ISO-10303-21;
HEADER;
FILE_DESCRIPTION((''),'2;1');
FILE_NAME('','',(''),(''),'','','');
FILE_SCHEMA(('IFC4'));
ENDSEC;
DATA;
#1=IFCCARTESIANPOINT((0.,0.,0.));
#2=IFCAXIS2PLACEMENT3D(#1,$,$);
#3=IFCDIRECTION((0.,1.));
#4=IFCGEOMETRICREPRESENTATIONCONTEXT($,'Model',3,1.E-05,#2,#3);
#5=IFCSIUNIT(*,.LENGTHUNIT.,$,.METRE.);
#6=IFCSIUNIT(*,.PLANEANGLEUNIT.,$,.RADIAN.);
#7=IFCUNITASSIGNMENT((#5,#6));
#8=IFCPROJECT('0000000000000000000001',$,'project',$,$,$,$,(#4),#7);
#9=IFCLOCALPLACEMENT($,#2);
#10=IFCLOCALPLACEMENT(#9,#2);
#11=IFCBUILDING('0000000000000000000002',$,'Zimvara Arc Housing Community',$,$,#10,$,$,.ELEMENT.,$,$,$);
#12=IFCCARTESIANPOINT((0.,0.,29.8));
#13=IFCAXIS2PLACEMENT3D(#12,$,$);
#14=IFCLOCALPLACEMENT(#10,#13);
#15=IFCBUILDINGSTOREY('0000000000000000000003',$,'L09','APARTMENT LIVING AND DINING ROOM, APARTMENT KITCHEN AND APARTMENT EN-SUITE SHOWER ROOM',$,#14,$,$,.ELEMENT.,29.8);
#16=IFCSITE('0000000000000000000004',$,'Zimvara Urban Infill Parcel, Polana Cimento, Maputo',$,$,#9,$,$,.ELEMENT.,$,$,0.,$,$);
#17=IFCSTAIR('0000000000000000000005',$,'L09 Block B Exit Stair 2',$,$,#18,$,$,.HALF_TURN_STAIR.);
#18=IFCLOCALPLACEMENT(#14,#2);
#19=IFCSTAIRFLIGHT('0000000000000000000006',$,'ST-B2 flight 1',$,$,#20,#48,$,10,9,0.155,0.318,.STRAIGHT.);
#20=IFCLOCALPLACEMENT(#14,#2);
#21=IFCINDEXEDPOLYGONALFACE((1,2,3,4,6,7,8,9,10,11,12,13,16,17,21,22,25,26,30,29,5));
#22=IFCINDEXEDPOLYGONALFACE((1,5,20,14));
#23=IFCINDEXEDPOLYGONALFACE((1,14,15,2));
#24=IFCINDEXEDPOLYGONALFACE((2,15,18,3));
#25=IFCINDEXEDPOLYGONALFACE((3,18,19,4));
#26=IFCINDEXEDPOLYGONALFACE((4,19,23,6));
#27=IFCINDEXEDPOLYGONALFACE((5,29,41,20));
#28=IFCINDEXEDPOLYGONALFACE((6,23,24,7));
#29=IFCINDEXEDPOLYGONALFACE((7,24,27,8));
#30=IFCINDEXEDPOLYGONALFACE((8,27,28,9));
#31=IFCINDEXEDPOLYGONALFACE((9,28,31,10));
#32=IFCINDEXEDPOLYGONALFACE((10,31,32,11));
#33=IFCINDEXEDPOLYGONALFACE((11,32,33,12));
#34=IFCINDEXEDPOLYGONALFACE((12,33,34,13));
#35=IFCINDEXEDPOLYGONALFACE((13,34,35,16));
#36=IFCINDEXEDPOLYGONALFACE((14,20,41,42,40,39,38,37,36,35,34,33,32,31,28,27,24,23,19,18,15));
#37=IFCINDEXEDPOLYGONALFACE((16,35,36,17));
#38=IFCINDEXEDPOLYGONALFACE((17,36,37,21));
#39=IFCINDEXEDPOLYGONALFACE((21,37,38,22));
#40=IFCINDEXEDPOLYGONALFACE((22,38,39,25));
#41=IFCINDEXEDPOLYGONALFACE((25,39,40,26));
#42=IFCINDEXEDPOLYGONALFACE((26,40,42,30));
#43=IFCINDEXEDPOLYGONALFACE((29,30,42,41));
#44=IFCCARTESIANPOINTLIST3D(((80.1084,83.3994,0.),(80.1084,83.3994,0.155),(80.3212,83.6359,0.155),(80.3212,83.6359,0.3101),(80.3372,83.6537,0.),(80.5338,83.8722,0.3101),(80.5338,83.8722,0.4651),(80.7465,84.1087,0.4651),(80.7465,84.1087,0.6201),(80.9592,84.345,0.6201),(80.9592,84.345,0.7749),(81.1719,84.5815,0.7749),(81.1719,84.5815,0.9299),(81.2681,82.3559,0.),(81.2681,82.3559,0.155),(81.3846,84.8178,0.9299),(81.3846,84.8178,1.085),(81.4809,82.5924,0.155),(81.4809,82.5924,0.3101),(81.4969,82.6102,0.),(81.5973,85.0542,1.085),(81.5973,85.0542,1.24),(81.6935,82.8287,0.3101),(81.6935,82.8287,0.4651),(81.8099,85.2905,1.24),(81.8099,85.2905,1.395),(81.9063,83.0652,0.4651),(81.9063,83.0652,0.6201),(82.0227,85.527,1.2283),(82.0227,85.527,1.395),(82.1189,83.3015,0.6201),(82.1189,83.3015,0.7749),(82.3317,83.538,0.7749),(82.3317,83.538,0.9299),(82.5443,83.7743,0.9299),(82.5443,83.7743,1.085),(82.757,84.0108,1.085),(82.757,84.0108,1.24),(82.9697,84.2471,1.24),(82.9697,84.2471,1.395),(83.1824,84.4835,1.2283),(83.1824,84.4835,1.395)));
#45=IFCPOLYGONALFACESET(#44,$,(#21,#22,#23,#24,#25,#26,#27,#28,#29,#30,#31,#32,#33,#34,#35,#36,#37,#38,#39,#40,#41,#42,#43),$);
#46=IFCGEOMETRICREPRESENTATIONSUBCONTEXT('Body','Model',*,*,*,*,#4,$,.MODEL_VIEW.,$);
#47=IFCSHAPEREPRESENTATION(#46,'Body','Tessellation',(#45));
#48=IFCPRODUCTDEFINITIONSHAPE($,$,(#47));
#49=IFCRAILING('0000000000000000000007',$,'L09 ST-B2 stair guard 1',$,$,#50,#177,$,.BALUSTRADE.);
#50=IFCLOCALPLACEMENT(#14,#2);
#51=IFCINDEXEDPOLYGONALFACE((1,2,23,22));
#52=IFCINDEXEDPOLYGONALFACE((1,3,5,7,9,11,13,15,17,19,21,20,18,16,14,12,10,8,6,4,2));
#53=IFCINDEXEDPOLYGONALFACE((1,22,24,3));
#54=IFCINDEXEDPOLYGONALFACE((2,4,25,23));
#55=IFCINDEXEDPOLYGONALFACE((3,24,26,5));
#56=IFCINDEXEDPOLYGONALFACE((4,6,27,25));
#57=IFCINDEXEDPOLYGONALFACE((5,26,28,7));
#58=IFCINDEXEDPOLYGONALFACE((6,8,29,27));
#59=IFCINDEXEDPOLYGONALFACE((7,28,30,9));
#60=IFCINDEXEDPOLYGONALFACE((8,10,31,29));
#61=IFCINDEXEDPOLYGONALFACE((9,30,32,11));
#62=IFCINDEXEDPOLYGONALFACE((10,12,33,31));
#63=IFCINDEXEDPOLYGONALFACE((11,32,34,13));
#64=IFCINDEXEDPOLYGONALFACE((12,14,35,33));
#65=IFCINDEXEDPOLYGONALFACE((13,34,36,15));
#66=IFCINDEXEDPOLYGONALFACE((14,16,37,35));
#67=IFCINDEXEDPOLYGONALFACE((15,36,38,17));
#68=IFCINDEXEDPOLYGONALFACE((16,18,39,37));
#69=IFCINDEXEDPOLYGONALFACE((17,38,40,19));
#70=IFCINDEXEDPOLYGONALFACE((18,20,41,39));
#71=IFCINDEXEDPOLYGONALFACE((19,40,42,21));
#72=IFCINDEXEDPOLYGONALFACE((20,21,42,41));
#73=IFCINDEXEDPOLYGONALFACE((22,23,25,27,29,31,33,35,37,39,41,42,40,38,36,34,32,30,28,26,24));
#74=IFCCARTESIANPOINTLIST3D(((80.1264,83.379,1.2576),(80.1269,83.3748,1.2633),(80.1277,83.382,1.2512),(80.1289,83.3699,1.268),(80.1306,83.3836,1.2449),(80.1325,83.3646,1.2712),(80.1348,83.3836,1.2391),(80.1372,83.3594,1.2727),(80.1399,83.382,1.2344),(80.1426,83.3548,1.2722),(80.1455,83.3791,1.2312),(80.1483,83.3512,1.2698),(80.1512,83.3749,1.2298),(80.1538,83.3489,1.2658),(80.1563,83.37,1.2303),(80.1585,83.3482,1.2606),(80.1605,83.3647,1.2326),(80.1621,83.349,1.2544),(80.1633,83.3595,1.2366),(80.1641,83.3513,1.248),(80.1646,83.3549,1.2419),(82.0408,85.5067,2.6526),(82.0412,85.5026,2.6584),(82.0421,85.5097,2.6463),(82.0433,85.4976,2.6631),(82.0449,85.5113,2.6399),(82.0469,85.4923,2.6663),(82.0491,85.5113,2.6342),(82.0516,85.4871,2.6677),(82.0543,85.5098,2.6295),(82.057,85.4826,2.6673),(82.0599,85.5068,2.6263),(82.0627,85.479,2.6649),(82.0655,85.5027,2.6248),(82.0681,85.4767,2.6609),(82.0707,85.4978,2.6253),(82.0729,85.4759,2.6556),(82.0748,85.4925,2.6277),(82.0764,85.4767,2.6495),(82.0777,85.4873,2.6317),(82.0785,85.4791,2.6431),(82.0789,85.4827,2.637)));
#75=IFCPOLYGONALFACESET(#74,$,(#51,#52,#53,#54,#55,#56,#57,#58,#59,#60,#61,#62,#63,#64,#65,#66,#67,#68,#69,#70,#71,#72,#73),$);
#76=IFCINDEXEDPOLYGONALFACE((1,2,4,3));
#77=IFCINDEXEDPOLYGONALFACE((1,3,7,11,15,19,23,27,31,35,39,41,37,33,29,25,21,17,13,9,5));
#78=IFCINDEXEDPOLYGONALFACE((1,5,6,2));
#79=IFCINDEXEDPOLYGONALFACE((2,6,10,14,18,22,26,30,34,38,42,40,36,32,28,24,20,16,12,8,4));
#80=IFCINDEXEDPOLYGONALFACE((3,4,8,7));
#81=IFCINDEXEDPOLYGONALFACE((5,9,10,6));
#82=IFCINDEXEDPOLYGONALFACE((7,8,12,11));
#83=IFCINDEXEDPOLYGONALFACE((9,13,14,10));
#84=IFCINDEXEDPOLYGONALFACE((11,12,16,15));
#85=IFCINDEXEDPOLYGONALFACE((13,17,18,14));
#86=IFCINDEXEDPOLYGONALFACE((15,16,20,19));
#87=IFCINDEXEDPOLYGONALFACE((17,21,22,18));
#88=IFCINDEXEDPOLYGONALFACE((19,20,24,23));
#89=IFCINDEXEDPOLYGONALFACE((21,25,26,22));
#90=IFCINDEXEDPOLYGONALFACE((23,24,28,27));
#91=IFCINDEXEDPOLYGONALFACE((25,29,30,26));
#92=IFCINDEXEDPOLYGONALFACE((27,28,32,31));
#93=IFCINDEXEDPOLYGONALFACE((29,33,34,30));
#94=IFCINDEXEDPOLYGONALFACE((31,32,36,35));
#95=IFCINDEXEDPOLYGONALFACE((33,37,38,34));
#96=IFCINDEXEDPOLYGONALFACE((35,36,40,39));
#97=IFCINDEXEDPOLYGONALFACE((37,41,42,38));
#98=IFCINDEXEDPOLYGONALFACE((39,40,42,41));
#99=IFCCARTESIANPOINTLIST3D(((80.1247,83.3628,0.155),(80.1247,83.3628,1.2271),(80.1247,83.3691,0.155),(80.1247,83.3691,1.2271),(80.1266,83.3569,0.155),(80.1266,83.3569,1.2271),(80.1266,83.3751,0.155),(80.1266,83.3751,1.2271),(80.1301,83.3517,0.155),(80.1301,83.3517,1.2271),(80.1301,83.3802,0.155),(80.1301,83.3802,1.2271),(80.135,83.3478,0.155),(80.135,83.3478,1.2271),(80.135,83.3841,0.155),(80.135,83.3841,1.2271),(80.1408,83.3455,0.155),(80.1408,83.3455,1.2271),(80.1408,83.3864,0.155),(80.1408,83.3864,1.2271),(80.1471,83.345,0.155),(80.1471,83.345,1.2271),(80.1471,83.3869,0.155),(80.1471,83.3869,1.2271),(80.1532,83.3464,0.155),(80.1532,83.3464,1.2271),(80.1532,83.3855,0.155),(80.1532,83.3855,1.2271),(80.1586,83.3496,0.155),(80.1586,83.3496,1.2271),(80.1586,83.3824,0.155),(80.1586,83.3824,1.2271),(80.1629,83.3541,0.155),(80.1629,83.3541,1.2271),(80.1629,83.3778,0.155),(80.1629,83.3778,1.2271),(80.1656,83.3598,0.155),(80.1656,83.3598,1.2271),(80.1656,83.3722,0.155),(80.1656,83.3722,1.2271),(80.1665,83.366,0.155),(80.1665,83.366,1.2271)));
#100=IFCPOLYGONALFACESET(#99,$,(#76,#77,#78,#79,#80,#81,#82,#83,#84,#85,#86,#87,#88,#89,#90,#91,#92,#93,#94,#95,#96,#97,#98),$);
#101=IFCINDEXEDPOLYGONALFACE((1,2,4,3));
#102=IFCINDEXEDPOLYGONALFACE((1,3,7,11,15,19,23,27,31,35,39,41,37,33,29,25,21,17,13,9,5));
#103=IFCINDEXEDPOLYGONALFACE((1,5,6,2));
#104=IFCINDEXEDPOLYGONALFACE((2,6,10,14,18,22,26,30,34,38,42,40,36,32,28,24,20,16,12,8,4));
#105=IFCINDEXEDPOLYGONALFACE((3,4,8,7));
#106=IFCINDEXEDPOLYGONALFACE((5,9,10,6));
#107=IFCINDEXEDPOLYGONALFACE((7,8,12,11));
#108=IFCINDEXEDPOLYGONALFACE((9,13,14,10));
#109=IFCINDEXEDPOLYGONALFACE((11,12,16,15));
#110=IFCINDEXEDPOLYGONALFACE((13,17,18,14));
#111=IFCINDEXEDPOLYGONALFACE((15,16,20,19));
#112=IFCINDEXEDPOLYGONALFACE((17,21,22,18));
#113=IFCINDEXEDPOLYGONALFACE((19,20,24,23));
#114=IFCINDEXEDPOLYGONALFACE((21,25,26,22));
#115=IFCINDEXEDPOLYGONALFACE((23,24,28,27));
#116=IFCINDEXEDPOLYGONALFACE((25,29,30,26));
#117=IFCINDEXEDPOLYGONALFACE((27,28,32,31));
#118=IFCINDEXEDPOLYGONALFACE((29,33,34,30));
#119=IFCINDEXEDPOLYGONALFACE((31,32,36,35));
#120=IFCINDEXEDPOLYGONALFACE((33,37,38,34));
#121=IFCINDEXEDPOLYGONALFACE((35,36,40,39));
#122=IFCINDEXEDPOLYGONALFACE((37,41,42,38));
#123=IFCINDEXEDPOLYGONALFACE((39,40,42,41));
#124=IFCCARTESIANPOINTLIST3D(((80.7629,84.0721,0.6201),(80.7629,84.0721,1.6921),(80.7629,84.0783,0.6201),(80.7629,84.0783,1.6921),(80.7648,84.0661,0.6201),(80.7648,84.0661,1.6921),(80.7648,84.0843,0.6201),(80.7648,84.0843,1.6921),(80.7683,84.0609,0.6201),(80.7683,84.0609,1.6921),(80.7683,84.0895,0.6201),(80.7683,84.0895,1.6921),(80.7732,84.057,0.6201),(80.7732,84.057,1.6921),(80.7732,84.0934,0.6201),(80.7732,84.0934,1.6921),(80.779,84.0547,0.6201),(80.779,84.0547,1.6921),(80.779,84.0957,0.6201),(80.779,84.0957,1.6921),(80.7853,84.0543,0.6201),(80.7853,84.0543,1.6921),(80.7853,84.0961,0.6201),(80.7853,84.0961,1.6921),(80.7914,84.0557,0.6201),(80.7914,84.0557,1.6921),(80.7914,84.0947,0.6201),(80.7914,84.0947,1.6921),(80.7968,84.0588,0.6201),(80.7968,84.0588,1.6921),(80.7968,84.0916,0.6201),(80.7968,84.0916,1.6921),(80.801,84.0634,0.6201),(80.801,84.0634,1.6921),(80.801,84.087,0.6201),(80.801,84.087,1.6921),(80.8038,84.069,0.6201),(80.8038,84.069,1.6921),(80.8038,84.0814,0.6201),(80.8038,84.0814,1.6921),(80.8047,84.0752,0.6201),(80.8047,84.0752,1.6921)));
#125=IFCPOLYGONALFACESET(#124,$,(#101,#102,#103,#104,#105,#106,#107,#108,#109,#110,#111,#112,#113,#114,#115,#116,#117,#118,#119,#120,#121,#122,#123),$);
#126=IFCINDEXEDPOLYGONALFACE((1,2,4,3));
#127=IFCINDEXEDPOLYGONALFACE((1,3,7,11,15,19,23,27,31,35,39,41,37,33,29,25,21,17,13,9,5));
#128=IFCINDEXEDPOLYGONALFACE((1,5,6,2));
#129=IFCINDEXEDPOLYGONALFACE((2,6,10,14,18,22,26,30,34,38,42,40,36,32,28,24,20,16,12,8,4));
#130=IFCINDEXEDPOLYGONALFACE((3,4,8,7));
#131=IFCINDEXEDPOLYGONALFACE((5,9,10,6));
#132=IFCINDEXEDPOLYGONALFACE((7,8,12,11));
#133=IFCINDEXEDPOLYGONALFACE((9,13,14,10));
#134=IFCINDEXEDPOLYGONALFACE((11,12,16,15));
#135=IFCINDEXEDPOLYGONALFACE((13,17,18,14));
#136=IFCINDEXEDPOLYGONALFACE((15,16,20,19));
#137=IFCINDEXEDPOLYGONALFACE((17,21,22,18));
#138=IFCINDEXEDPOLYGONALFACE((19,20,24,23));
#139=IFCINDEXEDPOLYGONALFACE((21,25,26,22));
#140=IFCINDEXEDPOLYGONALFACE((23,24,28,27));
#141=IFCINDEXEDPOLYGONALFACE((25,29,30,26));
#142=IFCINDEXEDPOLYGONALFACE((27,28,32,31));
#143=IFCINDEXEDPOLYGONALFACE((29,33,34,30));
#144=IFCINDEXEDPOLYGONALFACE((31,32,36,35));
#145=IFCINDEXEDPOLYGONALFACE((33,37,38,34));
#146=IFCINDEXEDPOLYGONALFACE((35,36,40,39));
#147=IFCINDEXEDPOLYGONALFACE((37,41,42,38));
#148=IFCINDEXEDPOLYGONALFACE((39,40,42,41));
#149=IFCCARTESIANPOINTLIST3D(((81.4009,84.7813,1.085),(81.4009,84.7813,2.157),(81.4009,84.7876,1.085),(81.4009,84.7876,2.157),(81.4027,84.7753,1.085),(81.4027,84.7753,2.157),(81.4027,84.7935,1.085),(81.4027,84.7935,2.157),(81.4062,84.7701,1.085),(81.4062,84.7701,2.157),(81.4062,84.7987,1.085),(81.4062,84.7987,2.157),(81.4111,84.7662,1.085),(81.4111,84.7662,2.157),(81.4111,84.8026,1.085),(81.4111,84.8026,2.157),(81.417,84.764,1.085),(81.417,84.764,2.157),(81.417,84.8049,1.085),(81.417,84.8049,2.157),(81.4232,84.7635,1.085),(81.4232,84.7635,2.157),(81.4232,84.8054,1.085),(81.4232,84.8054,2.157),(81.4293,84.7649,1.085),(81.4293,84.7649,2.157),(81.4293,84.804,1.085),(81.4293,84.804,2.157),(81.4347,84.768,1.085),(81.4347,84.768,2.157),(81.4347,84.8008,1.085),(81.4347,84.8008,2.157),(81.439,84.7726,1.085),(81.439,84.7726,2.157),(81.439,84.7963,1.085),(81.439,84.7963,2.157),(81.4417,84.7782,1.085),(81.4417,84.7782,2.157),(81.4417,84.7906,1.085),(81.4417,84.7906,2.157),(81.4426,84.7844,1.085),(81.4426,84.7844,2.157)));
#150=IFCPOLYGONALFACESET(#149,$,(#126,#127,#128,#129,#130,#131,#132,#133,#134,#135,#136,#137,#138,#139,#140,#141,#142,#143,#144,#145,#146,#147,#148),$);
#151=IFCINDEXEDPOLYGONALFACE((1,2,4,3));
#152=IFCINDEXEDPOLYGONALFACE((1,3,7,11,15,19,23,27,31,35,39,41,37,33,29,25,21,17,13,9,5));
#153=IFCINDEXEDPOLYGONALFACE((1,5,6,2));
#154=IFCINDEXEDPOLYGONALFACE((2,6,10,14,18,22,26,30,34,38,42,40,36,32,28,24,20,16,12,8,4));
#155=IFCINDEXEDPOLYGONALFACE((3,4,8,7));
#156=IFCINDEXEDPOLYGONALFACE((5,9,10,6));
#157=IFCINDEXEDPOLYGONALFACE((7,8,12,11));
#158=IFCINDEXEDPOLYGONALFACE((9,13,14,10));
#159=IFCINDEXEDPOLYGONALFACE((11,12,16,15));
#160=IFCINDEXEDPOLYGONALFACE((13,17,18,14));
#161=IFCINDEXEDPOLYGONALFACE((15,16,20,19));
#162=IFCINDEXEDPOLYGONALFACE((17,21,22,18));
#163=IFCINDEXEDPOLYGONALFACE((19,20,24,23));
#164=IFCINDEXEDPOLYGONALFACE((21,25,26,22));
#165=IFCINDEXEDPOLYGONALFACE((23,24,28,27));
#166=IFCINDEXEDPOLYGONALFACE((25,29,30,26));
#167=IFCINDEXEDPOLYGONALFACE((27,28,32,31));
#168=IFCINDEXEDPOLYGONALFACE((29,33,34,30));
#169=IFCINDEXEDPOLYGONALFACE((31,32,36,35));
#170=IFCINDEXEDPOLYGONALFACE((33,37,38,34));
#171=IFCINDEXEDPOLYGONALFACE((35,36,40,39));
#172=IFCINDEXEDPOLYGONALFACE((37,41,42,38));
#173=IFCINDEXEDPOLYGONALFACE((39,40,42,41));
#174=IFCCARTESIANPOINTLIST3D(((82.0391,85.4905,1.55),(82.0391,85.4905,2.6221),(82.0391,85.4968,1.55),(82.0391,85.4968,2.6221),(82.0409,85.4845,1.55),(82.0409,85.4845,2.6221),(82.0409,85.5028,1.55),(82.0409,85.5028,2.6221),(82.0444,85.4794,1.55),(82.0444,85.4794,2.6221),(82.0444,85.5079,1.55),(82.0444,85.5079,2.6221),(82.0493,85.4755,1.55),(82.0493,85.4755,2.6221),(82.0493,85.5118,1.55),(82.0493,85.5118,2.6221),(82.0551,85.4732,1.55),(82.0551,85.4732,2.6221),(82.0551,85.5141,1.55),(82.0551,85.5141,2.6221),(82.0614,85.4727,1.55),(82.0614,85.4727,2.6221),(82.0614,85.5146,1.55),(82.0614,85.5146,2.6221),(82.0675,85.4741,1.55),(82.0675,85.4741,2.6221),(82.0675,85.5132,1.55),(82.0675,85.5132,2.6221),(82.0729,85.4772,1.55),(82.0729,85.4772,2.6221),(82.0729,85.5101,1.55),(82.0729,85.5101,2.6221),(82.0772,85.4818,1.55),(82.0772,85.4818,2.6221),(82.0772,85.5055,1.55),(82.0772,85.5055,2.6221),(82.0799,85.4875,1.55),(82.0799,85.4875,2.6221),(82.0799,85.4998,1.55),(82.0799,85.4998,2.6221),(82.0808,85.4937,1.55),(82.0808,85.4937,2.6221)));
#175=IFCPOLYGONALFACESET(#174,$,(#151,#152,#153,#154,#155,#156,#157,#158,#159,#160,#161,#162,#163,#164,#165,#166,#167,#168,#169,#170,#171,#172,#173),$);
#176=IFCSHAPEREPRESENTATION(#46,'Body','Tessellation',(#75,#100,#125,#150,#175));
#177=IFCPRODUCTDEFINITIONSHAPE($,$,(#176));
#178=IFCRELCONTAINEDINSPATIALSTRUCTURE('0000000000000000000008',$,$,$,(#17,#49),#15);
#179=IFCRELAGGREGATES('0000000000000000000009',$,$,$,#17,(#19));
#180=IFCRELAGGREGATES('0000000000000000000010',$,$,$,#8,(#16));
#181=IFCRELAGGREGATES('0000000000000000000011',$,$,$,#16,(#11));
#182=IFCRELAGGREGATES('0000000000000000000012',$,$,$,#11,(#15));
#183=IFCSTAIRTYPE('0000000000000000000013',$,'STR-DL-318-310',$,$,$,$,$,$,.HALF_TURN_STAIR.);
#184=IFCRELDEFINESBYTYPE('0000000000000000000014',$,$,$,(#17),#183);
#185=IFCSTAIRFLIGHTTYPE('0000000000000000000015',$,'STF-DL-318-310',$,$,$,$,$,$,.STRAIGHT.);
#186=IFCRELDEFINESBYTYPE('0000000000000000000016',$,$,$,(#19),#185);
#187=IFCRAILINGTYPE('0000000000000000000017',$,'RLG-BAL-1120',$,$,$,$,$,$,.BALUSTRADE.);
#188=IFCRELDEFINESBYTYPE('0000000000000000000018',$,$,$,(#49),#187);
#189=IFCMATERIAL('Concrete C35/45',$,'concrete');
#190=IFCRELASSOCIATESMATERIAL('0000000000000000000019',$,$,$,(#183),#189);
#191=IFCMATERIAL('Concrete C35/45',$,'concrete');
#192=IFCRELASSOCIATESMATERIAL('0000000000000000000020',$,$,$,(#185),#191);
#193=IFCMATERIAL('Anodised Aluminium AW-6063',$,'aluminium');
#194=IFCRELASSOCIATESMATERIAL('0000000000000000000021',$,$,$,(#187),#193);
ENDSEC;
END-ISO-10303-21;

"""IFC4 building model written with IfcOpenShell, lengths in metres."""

from ifc_helpers import new_model, si_unit, direction, frame, origin, origin_2d, place, context, subcontext, project, spatial, polyline, circle, outline, extrude, material, type_object, element, aggregate, save


model = new_model("IFC4")

# Units and contexts
model_context = context("Model", 3, precision=1e-05, world=origin(), true_north=direction((0.0, 1.0)))
body_context = subcontext(model_context, "Body", "Model", "MODEL_VIEW")
ifc_project = project(units=[si_unit("LENGTHUNIT", "METRE"), si_unit("PLANEANGLEUNIT", "RADIAN")], contexts=[model_context])

# Site, building, storey
site_placement = place(None, origin())
site = spatial("IfcSite", under=ifc_project, at=site_placement, Name="Zimvara Urban Infill Parcel, Polana Cimento, Maputo", CompositionType="ELEMENT", RefElevation=0.0)
building_placement = place(site_placement, origin())
building = spatial("IfcBuilding", under=site, at=building_placement, Name="Zimvara Arc Housing Community", CompositionType="ELEMENT")
storey_placement = place(building_placement, frame((0.0, 0.0, 29.8)))
storey = spatial("IfcBuildingStorey", under=building, at=storey_placement, Name="L09", Description="APARTMENT LIVING AND DINING ROOM, APARTMENT KITCHEN AND APARTMENT EN-SUITE SHOWER ROOM", CompositionType="ELEMENT", Elevation=29.8)

# Stair, stair flight
ifc_material_1 = material(Name="Concrete C35/45", Category="concrete")
stair_type = type_object("IfcStairType", Name="STR-DL-318-310", PredefinedType="HALF_TURN_STAIR", material=ifc_material_1)
stair_placement = place(storey_placement, origin())
stair = element("IfcStair", 1, at=stair_placement, inside=storey, type_object=stair_type, Name="L09 Block B Exit Stair 2", PredefinedType="HALF_TURN_STAIR")
ifc_material_2 = material(Name="Concrete C35/45", Category="concrete")
stair_flight_type = type_object("IfcStairFlightType", Name="STF-DL-318-310", PredefinedType="STRAIGHT", material=ifc_material_2)
stair_flight_placement = place(storey_placement, frame((80.6882, 82.8777, 0.0), z_axis=(0.0, 0.0, 1.0), x_axis=(0.668871, 0.743378, 0.0)))
stair_flight = element("IfcStairFlight", 2, at=stair_flight_placement, type_object=stair_flight_type, Name="ST-B2 flight 1", NumberOfRisers=10, NumberOfTreads=9, PredefinedType="STRAIGHT", RiserHeight=0.155, TreadLength=0.318, context=body_context, shape_type="SweptSolid", body=[
    extrude(outline(polyline([(0.0, 0.0), (0.0, 0.155), (0.3181, 0.155), (0.3181, 0.3101), (0.636, 0.3101), (0.636, 0.4651), (0.9541, 0.4651), (0.9541, 0.6201), (1.272, 0.6201), (1.272, 0.7749), (1.5901, 0.7749), (1.5901, 0.9299), (1.908, 0.9299), (1.908, 1.085), (2.2261, 1.085), (2.2261, 1.24), (2.5439, 1.24), (2.5439, 1.395), (2.8621, 1.395), (2.8621, 1.55), (2.8621, 1.2283), (0.342, 0.0), (0.0, 0.0)])), frame((0.0, 0.78, 0.0), z_axis=(0.0, -1.0, 0.0), x_axis=(1.0, 0.0, 0.0)), (0.0, 0.0, 1.0), 1.5601),
])
aggregate(stair, [stair_flight])

# Railing
ifc_material_3 = material(Name="Anodised Aluminium AW-6063", Category="aluminium")
railing_type_1 = type_object("IfcRailingType", Name="RLG-BAL-1120", PredefinedType="BALUSTRADE", material=ifc_material_3)
railing_1_placement = place(storey_placement, frame((80.1455, 83.366, 0.155)))
element("IfcRailing", 3, at=railing_1_placement, inside=storey, type_object=railing_type_1, Name="L09 ST-B2 stair guard 1", PredefinedType="BALUSTRADE", context=body_context, shape_type="SweptSolid", body=[
    extrude(circle(Radius=0.0239, at=origin_2d()), frame((0.0, 0.0, 1.0962), z_axis=(0.601232, 0.668248, 0.438138), x_axis=(-0.7434, 0.668847, 0.0)), (0.0, 0.0, 1.0), 3.1841),
    extrude(circle(Radius=0.021, at=origin_2d()), origin(), (0.0, 0.0, 1.0), 1.072),
    extrude(circle(Radius=0.021, at=origin_2d()), frame((0.6382, 0.7092, 0.4651)), (0.0, 0.0, 1.0), 1.072),
    extrude(circle(Radius=0.021, at=origin_2d()), frame((1.2761, 1.4185, 0.9299)), (0.0, 0.0, 1.0), 1.072),
    extrude(circle(Radius=0.021, at=origin_2d()), frame((1.9143, 2.1277, 1.395)), (0.0, 0.0, 1.0), 1.072),
])

save(model, "model.ifc")
